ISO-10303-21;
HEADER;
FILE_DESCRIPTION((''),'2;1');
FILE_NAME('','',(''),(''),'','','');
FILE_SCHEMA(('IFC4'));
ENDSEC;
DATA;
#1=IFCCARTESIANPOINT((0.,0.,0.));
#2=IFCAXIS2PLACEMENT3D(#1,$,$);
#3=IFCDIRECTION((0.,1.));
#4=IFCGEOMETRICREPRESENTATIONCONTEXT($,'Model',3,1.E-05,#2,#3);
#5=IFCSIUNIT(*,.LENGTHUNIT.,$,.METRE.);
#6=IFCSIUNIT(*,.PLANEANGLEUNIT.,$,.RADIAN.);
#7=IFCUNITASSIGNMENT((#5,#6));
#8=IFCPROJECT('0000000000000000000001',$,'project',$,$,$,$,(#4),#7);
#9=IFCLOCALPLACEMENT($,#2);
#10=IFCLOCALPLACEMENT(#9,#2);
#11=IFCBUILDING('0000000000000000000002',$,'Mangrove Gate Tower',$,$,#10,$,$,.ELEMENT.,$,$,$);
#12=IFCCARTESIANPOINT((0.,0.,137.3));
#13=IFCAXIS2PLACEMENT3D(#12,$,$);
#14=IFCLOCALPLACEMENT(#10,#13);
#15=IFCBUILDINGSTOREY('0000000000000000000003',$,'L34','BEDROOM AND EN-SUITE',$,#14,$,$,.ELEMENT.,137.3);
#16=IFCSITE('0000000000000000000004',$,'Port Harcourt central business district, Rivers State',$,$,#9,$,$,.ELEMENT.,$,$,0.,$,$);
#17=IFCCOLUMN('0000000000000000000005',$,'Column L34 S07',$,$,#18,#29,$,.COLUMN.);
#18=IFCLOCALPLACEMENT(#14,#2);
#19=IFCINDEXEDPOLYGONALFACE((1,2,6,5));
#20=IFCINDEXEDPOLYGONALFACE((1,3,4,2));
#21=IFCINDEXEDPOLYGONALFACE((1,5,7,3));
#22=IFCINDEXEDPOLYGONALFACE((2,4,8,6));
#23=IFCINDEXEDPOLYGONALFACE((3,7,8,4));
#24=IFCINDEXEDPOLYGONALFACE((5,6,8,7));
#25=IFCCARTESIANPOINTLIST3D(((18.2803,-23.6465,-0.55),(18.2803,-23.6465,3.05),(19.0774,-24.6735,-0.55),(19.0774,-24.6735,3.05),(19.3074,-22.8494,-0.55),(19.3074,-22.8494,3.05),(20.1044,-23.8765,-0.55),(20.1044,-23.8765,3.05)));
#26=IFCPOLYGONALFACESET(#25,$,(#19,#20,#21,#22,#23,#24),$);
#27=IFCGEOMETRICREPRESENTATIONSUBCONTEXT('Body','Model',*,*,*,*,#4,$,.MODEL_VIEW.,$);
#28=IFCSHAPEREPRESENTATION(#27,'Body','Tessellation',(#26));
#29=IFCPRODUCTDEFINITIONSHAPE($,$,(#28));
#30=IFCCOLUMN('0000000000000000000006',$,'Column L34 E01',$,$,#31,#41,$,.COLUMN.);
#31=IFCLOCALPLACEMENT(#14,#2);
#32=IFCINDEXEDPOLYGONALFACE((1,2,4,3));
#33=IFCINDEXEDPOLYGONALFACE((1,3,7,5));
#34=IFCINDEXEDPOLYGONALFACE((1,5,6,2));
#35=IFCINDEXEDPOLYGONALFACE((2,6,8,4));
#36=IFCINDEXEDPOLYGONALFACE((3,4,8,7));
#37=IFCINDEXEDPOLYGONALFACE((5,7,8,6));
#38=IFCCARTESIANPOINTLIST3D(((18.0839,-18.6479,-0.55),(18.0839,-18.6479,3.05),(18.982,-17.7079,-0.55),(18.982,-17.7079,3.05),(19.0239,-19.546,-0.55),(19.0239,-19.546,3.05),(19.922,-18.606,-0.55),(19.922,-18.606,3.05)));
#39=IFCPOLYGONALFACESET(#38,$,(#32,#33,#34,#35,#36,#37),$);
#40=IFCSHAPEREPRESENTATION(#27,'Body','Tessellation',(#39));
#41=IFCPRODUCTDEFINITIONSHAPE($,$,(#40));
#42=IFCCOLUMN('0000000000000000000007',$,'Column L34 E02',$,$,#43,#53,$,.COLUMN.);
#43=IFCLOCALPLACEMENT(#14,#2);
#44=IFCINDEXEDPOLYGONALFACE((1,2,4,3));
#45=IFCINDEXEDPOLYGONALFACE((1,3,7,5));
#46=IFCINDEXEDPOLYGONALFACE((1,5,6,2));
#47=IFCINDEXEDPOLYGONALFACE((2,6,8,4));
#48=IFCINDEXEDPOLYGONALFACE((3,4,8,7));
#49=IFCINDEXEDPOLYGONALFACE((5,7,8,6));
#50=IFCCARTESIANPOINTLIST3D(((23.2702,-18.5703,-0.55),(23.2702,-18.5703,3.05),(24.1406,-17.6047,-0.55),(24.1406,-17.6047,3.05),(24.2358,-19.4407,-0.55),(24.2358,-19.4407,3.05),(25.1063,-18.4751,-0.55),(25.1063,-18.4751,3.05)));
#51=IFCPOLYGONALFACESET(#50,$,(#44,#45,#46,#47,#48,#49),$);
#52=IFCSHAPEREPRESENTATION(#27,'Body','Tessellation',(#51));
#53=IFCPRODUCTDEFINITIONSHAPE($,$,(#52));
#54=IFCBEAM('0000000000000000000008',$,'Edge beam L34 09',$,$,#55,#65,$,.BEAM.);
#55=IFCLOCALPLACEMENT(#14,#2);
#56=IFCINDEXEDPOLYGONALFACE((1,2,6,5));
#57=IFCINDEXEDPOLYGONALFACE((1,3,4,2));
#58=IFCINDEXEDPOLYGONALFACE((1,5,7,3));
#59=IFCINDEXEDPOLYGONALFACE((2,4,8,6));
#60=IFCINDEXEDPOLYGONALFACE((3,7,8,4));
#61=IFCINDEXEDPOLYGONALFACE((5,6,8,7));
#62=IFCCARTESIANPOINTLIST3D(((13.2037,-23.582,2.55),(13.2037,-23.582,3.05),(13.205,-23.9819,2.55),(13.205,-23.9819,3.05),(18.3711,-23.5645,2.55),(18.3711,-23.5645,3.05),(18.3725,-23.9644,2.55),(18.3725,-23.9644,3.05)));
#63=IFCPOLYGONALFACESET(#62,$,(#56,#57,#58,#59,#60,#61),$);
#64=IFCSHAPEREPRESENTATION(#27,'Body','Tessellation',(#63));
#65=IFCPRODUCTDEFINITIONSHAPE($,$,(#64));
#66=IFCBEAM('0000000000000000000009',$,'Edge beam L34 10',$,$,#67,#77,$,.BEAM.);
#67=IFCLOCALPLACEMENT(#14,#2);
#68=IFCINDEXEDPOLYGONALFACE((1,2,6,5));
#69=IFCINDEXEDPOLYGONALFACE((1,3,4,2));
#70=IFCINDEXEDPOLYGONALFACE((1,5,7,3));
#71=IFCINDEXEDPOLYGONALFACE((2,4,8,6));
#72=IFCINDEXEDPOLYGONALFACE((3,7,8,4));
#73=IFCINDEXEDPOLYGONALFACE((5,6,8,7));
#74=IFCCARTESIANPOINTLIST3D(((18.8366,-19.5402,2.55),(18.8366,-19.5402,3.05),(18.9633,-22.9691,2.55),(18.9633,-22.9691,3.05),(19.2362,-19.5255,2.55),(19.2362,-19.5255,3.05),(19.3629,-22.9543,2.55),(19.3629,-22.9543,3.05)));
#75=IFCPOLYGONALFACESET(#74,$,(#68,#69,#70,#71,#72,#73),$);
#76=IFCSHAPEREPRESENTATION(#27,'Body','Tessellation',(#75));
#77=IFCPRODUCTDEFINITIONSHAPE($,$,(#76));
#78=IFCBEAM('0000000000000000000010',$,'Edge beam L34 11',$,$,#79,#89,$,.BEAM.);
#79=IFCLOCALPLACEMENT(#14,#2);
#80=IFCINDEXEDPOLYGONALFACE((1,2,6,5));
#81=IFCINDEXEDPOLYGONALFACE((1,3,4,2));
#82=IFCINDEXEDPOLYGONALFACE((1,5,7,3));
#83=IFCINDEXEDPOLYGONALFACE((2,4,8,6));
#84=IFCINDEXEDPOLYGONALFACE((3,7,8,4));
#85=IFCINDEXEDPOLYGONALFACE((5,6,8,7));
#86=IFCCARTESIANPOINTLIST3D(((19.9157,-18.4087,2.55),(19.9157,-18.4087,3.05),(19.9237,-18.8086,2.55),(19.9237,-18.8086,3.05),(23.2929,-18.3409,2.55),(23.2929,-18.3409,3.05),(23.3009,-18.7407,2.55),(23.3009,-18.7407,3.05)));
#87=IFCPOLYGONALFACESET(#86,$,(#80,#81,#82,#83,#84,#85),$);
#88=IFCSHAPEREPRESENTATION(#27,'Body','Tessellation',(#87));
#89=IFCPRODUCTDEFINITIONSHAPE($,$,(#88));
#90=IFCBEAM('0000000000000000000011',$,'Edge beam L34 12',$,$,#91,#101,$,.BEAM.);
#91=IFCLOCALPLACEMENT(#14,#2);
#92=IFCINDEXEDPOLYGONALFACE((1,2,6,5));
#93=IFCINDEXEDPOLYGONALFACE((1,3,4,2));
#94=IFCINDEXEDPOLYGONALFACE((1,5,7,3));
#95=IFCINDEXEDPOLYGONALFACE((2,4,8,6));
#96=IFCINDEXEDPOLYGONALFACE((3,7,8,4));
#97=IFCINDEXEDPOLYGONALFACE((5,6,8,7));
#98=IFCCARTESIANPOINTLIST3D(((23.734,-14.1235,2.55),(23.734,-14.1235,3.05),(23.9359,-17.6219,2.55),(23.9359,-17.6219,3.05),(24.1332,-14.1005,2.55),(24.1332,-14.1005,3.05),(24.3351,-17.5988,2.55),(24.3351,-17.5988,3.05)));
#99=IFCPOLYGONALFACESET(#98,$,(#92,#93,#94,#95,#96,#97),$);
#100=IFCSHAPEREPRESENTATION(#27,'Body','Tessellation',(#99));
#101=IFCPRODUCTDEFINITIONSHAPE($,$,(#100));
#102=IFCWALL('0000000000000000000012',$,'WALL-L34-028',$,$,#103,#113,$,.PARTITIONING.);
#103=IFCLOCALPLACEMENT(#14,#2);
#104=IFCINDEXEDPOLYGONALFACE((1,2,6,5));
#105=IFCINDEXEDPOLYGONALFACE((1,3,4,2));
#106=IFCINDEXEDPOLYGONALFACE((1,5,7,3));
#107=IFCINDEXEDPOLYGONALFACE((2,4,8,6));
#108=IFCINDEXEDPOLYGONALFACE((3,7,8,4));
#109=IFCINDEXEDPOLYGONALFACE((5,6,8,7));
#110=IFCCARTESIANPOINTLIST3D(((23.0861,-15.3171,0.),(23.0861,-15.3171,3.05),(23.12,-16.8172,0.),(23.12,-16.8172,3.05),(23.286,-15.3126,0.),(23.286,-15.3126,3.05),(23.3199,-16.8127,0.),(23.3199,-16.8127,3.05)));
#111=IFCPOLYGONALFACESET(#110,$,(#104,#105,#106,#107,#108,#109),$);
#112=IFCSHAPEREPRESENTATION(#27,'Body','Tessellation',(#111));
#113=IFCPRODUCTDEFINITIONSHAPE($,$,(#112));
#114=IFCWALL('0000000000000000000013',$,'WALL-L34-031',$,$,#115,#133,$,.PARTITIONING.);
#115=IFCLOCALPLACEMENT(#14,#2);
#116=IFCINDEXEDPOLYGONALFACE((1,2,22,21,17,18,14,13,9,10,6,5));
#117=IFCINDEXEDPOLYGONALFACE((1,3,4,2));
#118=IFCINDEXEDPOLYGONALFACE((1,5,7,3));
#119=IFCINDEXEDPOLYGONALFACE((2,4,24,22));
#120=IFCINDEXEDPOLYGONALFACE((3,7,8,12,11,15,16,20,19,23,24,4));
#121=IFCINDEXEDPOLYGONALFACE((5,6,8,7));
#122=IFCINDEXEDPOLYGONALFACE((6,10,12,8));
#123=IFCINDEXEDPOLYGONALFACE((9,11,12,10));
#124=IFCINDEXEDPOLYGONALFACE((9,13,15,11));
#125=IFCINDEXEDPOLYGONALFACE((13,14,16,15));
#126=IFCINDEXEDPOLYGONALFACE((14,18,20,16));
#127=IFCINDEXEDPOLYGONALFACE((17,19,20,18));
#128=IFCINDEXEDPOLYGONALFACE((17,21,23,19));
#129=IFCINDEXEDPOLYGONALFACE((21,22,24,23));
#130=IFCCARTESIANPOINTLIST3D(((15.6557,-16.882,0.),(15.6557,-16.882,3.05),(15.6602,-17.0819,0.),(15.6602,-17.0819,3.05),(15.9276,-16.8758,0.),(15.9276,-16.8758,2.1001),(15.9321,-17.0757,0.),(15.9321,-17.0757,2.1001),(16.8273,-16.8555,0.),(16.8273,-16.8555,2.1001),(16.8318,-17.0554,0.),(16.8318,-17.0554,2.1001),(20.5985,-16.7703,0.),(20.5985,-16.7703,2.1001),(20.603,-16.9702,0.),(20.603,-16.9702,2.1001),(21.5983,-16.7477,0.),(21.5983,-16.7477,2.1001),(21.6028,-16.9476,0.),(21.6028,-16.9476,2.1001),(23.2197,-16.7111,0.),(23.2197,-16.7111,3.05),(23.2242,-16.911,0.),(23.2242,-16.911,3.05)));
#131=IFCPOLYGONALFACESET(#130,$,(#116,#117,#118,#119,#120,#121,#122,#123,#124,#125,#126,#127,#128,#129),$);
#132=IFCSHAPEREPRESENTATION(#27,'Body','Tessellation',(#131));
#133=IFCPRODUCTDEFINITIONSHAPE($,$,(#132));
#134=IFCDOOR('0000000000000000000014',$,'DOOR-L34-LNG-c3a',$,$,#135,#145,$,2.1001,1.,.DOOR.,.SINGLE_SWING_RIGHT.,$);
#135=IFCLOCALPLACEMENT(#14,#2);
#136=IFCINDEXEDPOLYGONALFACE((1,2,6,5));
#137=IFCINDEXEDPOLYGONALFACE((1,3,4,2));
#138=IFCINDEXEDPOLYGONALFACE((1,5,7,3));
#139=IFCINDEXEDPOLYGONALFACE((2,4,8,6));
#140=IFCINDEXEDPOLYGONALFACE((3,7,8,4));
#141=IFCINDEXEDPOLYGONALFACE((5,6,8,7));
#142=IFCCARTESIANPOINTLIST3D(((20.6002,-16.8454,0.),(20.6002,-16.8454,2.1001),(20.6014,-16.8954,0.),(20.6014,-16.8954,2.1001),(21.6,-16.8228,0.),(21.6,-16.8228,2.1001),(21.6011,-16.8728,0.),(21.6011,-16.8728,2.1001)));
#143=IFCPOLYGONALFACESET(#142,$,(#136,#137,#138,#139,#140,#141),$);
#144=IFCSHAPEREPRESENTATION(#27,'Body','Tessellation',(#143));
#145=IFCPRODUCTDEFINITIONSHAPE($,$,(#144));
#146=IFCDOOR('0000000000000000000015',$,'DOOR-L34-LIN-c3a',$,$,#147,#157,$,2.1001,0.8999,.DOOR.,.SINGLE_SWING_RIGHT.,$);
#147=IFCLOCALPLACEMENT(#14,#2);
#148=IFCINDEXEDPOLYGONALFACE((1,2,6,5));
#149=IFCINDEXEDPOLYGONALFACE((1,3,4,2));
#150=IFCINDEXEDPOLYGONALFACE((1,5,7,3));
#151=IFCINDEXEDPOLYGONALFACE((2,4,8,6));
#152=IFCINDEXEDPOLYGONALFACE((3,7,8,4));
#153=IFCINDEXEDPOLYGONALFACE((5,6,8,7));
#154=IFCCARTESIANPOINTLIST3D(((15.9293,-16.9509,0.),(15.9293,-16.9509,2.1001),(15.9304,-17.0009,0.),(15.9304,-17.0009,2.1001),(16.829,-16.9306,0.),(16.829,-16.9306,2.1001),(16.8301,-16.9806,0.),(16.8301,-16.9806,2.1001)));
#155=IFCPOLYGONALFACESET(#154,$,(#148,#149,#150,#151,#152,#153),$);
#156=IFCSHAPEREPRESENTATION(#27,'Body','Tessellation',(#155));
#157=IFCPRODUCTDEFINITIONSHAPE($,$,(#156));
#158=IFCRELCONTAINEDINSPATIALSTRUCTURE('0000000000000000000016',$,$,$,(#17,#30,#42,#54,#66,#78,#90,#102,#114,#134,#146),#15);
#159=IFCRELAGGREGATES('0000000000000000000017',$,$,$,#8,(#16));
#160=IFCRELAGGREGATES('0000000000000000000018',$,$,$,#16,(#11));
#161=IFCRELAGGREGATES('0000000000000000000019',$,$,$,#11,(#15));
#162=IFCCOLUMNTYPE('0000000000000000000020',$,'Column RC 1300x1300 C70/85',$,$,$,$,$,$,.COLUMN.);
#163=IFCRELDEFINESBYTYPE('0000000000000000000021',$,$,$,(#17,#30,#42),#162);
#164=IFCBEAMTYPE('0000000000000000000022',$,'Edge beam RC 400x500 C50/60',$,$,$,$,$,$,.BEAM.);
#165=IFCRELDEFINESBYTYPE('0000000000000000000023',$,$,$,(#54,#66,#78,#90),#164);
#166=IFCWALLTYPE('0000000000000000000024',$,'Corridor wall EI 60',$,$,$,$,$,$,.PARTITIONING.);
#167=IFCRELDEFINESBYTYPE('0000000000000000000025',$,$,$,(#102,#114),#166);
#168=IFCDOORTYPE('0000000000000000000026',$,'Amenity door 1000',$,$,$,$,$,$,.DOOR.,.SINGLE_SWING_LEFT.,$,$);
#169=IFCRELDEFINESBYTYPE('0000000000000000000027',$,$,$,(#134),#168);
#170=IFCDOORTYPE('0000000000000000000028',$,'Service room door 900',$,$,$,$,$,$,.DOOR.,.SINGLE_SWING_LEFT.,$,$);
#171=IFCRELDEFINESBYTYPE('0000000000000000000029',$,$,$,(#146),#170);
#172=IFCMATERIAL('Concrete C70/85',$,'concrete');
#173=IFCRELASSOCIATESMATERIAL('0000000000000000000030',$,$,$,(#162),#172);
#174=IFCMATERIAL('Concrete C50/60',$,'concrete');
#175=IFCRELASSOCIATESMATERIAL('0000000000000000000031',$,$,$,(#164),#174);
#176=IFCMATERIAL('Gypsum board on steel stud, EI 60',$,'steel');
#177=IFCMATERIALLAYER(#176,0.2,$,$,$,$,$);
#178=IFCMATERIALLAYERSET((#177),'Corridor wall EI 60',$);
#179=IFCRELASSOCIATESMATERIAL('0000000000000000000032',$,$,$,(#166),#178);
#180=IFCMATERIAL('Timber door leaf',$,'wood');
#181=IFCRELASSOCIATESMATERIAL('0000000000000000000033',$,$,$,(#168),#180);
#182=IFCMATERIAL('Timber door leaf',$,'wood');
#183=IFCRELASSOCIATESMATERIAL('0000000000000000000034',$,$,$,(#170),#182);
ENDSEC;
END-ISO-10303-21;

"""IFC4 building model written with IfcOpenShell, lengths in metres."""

from ifc_helpers import new_model, si_unit, direction, frame, frame_2d, origin, origin_2d, place, context, subcontext, project, spatial, rectangle, extrude, material, layer, layer_set, material_profile, profile_set, type_object, element, fill, save


model = new_model("IFC4")

# Units and contexts
model_context = context("Model", 3, precision=1e-05, world=origin(), true_north=direction((0.0, 1.0)))
body_context = subcontext(model_context, "Body", "Model", "MODEL_VIEW")
ifc_project = project(units=[si_unit("LENGTHUNIT", "METRE"), si_unit("PLANEANGLEUNIT", "RADIAN")], contexts=[model_context])

# Site, building, storey
site_placement = place(None, origin())
site = spatial("IfcSite", under=ifc_project, at=site_placement, Name="Port Harcourt central business district, Rivers State", CompositionType="ELEMENT", RefElevation=0.0)
building_placement = place(site_placement, origin())
building = spatial("IfcBuilding", under=site, at=building_placement, Name="Mangrove Gate Tower", CompositionType="ELEMENT")
storey_placement = place(building_placement, frame((0.0, 0.0, 137.3)))
storey = spatial("IfcBuildingStorey", under=building, at=storey_placement, Name="L34", Description="BEDROOM AND EN-SUITE", CompositionType="ELEMENT", Elevation=137.3)

# Columns
ifc_material_1 = material(Name="Concrete C70/85", Category="concrete")
ifc_material_profile_1 = material_profile(ifc_material_1, rectangle(XDim=1.3, YDim=1.3, at=origin_2d()))
ifc_profile_set_1 = profile_set([ifc_material_profile_1], Name="Concrete C70/85")
column_type = type_object("IfcColumnType", Name="Column RC 1300x1300 C70/85", PredefinedType="COLUMN", material=ifc_profile_set_1)
for number, where, z_axis, x_axis, name in (
    (1, (19.1924, -23.7615, -0.55), (0.0, 0.0, 1.0), (0.790005, 0.613101, 0.0), "Column L34 S07"),
    (2, (19.0029, -18.627, -0.55), (0.0, 0.0, 1.0), (0.690809, 0.723037, 0.0), "Column L34 E01"),
    (3, (24.1882, -18.5227, -0.55), (0.0, 0.0, 1.0), (0.669533, 0.742782, 0.0), "Column L34 E02"),
):
    element("IfcColumn", number, at=place(storey_placement, frame(where, z_axis=z_axis, x_axis=x_axis)), inside=storey, type_object=column_type, Name=name, PredefinedType="COLUMN", context=body_context, shape_type="SweptSolid", body=[
        extrude(rectangle(XDim=1.3, YDim=1.3, at=origin_2d()), origin(), (0.0, 0.0, 1.0), 3.6001),
    ])

# Beams
ifc_material_2 = material(Name="Concrete C50/60", Category="concrete")
ifc_material_profile_2 = material_profile(ifc_material_2, rectangle(XDim=0.3999, YDim=0.5, at=origin_2d()))
ifc_profile_set_2 = profile_set([ifc_material_profile_2], Name="Concrete C50/60")
beam_type = type_object("IfcBeamType", Name="Edge beam RC 400x500 C50/60", PredefinedType="BEAM", material=ifc_profile_set_2)
beam_1_placement = place(storey_placement, frame((13.2043, -23.782, 2.8), z_axis=(0.999994, 0.003402, 0.0), x_axis=(-0.003402, 0.999994, 0.0)))
element("IfcBeam", 4, at=beam_1_placement, inside=storey, type_object=beam_type, Name="Edge beam L34 09", PredefinedType="BEAM", context=body_context, shape_type="SweptSolid", body=[
    extrude(rectangle(XDim=0.3999, YDim=0.5, at=origin_2d()), origin(), (0.0, 0.0, 1.0), 5.1675),
])
beam_2_placement = place(storey_placement, frame((19.1631, -22.9617, 2.8), z_axis=(-0.03693, 0.999318, 0.0), x_axis=(-0.999318, -0.03693, 0.0)))
element("IfcBeam", 5, at=beam_2_placement, inside=storey, type_object=beam_type, Name="Edge beam L34 10", PredefinedType="BEAM", context=body_context, shape_type="SweptSolid", body=[
    extrude(rectangle(XDim=0.3999, YDim=0.5, at=origin_2d()), origin(), (0.0, 0.0, 1.0), 3.4312),
])
beam_3_placement = place(storey_placement, frame((19.9197, -18.6086, 2.8), z_axis=(0.999798, 0.020093, 0.0), x_axis=(-0.020093, 0.999798, 0.0)))
element("IfcBeam", 6, at=beam_3_placement, inside=storey, type_object=beam_type, Name="Edge beam L34 11", PredefinedType="BEAM", context=body_context, shape_type="SweptSolid", body=[
    extrude(rectangle(XDim=0.3999, YDim=0.5, at=origin_2d()), origin(), (0.0, 0.0, 1.0), 3.3779),
])
beam_4_placement = place(storey_placement, frame((24.1355, -17.6104, 2.8), z_axis=(-0.057619, 0.998339, 0.0), x_axis=(-0.998339, -0.057619, 0.0)))
element("IfcBeam", 7, at=beam_4_placement, inside=storey, type_object=beam_type, Name="Edge beam L34 12", PredefinedType="BEAM", context=body_context, shape_type="SweptSolid", body=[
    extrude(rectangle(XDim=0.3999, YDim=0.5, at=origin_2d()), origin(), (0.0, 0.0, 1.0), 3.5042),
])

# Wall
ifc_material_3 = material(Name="Gypsum board on steel stud, EI 60", Category="steel")
ifc_layer_1 = layer(ifc_material_3, 0.2)
ifc_layer_set_1 = layer_set([ifc_layer_1], Name="Corridor wall EI 60")
wall_type_1 = type_object("IfcWallType", Name="Corridor wall EI 60", PredefinedType="PARTITIONING", material=ifc_layer_set_1)
wall_1_placement = place(storey_placement, frame((23.22, -16.8149, 0.0), z_axis=(0.0, 0.0, 1.0), x_axis=(-0.022618, 0.999744, 0.0)))
element("IfcWall", 8, at=wall_1_placement, inside=storey, type_object=wall_type_1, Name="WALL-L34-028", PredefinedType="PARTITIONING", context=body_context, shape_type="SweptSolid", body=[
    extrude(rectangle(XDim=1.5005, YDim=0.2, at=frame_2d((0.7502, 0.0))), origin(), (0.0, 0.0, 1.0), 3.05),
])

# Wall, openings, doors
wall_2_placement = place(storey_placement, frame((15.658, -16.9819, 0.0), z_axis=(0.0, 0.0, 1.0), x_axis=(0.999745, 0.022588, 0.0)))
wall_2 = element("IfcWall", 9, at=wall_2_placement, inside=storey, type_object=wall_type_1, Name="WALL-L34-031", PredefinedType="PARTITIONING", context=body_context, shape_type="SweptSolid", body=[
    extrude(rectangle(XDim=7.5659, YDim=0.2, at=frame_2d((3.783, 0.0))), origin(), (0.0, 0.0, 1.0), 3.05),
])
opening_1_placement = place(wall_2_placement, frame((4.9441, 0.0, 0.0)))
opening_1 = element("IfcOpeningElement", 10, at=opening_1_placement, cuts=wall_2, PredefinedType="OPENING", context=body_context, shape_type="SweptSolid", body=[
    extrude(rectangle(XDim=1.0, YDim=2.1001, at=frame_2d((0.5, 1.05))), frame((0.0, 0.1099, 0.0), z_axis=(0.0, -1.0, 0.0), x_axis=(1.0, 0.0, 0.0)), (0.0, 0.0, 1.0), 0.22),
])
opening_2_placement = place(wall_2_placement, frame((0.272, 0.0, 0.0)))
opening_2 = element("IfcOpeningElement", 11, at=opening_2_placement, cuts=wall_2, PredefinedType="OPENING", context=body_context, shape_type="SweptSolid", body=[
    extrude(rectangle(XDim=0.8999, YDim=2.1001, at=frame_2d((0.45, 1.05))), frame((0.0, 0.1099, 0.0), z_axis=(0.0, -1.0, 0.0), x_axis=(1.0, 0.0, 0.0)), (0.0, 0.0, 1.0), 0.22),
])
ifc_material_4 = material(Name="Timber door leaf", Category="wood")
door_type_1 = type_object("IfcDoorType", Name="Amenity door 1000", OperationType="SINGLE_SWING_LEFT", PredefinedType="DOOR", material=ifc_material_4)
door_1_placement = place(opening_1_placement, origin())
door_1 = element("IfcDoor", 12, at=door_1_placement, inside=storey, type_object=door_type_1, Name="DOOR-L34-LNG-c3a", OperationType="SINGLE_SWING_RIGHT", OverallHeight=2.1001, OverallWidth=1.0, PredefinedType="DOOR", context=body_context, shape_type="SweptSolid", body=[
    extrude(rectangle(XDim=1.0, YDim=2.1001, at=frame_2d((0.5, 1.05))), frame((0.0, 0.0249, 0.0), z_axis=(0.0, -1.0, 0.0), x_axis=(1.0, 0.0, 0.0)), (0.0, 0.0, 1.0), 0.05),
])
fill(opening_1, door_1)
ifc_material_5 = material(Name="Timber door leaf", Category="wood")
door_type_2 = type_object("IfcDoorType", Name="Service room door 900", OperationType="SINGLE_SWING_LEFT", PredefinedType="DOOR", material=ifc_material_5)
door_2_placement = place(opening_2_placement, origin())
door_2 = element("IfcDoor", 13, at=door_2_placement, inside=storey, type_object=door_type_2, Name="DOOR-L34-LIN-c3a", OperationType="SINGLE_SWING_RIGHT", OverallHeight=2.1001, OverallWidth=0.8999, PredefinedType="DOOR", context=body_context, shape_type="SweptSolid", body=[
    extrude(rectangle(XDim=0.8999, YDim=2.1001, at=frame_2d((0.45, 1.05))), frame((0.0, 0.0249, 0.0), z_axis=(0.0, -1.0, 0.0), x_axis=(1.0, 0.0, 0.0)), (0.0, 0.0, 1.0), 0.05),
])
fill(opening_2, door_2)

save(model, "model.ifc")
